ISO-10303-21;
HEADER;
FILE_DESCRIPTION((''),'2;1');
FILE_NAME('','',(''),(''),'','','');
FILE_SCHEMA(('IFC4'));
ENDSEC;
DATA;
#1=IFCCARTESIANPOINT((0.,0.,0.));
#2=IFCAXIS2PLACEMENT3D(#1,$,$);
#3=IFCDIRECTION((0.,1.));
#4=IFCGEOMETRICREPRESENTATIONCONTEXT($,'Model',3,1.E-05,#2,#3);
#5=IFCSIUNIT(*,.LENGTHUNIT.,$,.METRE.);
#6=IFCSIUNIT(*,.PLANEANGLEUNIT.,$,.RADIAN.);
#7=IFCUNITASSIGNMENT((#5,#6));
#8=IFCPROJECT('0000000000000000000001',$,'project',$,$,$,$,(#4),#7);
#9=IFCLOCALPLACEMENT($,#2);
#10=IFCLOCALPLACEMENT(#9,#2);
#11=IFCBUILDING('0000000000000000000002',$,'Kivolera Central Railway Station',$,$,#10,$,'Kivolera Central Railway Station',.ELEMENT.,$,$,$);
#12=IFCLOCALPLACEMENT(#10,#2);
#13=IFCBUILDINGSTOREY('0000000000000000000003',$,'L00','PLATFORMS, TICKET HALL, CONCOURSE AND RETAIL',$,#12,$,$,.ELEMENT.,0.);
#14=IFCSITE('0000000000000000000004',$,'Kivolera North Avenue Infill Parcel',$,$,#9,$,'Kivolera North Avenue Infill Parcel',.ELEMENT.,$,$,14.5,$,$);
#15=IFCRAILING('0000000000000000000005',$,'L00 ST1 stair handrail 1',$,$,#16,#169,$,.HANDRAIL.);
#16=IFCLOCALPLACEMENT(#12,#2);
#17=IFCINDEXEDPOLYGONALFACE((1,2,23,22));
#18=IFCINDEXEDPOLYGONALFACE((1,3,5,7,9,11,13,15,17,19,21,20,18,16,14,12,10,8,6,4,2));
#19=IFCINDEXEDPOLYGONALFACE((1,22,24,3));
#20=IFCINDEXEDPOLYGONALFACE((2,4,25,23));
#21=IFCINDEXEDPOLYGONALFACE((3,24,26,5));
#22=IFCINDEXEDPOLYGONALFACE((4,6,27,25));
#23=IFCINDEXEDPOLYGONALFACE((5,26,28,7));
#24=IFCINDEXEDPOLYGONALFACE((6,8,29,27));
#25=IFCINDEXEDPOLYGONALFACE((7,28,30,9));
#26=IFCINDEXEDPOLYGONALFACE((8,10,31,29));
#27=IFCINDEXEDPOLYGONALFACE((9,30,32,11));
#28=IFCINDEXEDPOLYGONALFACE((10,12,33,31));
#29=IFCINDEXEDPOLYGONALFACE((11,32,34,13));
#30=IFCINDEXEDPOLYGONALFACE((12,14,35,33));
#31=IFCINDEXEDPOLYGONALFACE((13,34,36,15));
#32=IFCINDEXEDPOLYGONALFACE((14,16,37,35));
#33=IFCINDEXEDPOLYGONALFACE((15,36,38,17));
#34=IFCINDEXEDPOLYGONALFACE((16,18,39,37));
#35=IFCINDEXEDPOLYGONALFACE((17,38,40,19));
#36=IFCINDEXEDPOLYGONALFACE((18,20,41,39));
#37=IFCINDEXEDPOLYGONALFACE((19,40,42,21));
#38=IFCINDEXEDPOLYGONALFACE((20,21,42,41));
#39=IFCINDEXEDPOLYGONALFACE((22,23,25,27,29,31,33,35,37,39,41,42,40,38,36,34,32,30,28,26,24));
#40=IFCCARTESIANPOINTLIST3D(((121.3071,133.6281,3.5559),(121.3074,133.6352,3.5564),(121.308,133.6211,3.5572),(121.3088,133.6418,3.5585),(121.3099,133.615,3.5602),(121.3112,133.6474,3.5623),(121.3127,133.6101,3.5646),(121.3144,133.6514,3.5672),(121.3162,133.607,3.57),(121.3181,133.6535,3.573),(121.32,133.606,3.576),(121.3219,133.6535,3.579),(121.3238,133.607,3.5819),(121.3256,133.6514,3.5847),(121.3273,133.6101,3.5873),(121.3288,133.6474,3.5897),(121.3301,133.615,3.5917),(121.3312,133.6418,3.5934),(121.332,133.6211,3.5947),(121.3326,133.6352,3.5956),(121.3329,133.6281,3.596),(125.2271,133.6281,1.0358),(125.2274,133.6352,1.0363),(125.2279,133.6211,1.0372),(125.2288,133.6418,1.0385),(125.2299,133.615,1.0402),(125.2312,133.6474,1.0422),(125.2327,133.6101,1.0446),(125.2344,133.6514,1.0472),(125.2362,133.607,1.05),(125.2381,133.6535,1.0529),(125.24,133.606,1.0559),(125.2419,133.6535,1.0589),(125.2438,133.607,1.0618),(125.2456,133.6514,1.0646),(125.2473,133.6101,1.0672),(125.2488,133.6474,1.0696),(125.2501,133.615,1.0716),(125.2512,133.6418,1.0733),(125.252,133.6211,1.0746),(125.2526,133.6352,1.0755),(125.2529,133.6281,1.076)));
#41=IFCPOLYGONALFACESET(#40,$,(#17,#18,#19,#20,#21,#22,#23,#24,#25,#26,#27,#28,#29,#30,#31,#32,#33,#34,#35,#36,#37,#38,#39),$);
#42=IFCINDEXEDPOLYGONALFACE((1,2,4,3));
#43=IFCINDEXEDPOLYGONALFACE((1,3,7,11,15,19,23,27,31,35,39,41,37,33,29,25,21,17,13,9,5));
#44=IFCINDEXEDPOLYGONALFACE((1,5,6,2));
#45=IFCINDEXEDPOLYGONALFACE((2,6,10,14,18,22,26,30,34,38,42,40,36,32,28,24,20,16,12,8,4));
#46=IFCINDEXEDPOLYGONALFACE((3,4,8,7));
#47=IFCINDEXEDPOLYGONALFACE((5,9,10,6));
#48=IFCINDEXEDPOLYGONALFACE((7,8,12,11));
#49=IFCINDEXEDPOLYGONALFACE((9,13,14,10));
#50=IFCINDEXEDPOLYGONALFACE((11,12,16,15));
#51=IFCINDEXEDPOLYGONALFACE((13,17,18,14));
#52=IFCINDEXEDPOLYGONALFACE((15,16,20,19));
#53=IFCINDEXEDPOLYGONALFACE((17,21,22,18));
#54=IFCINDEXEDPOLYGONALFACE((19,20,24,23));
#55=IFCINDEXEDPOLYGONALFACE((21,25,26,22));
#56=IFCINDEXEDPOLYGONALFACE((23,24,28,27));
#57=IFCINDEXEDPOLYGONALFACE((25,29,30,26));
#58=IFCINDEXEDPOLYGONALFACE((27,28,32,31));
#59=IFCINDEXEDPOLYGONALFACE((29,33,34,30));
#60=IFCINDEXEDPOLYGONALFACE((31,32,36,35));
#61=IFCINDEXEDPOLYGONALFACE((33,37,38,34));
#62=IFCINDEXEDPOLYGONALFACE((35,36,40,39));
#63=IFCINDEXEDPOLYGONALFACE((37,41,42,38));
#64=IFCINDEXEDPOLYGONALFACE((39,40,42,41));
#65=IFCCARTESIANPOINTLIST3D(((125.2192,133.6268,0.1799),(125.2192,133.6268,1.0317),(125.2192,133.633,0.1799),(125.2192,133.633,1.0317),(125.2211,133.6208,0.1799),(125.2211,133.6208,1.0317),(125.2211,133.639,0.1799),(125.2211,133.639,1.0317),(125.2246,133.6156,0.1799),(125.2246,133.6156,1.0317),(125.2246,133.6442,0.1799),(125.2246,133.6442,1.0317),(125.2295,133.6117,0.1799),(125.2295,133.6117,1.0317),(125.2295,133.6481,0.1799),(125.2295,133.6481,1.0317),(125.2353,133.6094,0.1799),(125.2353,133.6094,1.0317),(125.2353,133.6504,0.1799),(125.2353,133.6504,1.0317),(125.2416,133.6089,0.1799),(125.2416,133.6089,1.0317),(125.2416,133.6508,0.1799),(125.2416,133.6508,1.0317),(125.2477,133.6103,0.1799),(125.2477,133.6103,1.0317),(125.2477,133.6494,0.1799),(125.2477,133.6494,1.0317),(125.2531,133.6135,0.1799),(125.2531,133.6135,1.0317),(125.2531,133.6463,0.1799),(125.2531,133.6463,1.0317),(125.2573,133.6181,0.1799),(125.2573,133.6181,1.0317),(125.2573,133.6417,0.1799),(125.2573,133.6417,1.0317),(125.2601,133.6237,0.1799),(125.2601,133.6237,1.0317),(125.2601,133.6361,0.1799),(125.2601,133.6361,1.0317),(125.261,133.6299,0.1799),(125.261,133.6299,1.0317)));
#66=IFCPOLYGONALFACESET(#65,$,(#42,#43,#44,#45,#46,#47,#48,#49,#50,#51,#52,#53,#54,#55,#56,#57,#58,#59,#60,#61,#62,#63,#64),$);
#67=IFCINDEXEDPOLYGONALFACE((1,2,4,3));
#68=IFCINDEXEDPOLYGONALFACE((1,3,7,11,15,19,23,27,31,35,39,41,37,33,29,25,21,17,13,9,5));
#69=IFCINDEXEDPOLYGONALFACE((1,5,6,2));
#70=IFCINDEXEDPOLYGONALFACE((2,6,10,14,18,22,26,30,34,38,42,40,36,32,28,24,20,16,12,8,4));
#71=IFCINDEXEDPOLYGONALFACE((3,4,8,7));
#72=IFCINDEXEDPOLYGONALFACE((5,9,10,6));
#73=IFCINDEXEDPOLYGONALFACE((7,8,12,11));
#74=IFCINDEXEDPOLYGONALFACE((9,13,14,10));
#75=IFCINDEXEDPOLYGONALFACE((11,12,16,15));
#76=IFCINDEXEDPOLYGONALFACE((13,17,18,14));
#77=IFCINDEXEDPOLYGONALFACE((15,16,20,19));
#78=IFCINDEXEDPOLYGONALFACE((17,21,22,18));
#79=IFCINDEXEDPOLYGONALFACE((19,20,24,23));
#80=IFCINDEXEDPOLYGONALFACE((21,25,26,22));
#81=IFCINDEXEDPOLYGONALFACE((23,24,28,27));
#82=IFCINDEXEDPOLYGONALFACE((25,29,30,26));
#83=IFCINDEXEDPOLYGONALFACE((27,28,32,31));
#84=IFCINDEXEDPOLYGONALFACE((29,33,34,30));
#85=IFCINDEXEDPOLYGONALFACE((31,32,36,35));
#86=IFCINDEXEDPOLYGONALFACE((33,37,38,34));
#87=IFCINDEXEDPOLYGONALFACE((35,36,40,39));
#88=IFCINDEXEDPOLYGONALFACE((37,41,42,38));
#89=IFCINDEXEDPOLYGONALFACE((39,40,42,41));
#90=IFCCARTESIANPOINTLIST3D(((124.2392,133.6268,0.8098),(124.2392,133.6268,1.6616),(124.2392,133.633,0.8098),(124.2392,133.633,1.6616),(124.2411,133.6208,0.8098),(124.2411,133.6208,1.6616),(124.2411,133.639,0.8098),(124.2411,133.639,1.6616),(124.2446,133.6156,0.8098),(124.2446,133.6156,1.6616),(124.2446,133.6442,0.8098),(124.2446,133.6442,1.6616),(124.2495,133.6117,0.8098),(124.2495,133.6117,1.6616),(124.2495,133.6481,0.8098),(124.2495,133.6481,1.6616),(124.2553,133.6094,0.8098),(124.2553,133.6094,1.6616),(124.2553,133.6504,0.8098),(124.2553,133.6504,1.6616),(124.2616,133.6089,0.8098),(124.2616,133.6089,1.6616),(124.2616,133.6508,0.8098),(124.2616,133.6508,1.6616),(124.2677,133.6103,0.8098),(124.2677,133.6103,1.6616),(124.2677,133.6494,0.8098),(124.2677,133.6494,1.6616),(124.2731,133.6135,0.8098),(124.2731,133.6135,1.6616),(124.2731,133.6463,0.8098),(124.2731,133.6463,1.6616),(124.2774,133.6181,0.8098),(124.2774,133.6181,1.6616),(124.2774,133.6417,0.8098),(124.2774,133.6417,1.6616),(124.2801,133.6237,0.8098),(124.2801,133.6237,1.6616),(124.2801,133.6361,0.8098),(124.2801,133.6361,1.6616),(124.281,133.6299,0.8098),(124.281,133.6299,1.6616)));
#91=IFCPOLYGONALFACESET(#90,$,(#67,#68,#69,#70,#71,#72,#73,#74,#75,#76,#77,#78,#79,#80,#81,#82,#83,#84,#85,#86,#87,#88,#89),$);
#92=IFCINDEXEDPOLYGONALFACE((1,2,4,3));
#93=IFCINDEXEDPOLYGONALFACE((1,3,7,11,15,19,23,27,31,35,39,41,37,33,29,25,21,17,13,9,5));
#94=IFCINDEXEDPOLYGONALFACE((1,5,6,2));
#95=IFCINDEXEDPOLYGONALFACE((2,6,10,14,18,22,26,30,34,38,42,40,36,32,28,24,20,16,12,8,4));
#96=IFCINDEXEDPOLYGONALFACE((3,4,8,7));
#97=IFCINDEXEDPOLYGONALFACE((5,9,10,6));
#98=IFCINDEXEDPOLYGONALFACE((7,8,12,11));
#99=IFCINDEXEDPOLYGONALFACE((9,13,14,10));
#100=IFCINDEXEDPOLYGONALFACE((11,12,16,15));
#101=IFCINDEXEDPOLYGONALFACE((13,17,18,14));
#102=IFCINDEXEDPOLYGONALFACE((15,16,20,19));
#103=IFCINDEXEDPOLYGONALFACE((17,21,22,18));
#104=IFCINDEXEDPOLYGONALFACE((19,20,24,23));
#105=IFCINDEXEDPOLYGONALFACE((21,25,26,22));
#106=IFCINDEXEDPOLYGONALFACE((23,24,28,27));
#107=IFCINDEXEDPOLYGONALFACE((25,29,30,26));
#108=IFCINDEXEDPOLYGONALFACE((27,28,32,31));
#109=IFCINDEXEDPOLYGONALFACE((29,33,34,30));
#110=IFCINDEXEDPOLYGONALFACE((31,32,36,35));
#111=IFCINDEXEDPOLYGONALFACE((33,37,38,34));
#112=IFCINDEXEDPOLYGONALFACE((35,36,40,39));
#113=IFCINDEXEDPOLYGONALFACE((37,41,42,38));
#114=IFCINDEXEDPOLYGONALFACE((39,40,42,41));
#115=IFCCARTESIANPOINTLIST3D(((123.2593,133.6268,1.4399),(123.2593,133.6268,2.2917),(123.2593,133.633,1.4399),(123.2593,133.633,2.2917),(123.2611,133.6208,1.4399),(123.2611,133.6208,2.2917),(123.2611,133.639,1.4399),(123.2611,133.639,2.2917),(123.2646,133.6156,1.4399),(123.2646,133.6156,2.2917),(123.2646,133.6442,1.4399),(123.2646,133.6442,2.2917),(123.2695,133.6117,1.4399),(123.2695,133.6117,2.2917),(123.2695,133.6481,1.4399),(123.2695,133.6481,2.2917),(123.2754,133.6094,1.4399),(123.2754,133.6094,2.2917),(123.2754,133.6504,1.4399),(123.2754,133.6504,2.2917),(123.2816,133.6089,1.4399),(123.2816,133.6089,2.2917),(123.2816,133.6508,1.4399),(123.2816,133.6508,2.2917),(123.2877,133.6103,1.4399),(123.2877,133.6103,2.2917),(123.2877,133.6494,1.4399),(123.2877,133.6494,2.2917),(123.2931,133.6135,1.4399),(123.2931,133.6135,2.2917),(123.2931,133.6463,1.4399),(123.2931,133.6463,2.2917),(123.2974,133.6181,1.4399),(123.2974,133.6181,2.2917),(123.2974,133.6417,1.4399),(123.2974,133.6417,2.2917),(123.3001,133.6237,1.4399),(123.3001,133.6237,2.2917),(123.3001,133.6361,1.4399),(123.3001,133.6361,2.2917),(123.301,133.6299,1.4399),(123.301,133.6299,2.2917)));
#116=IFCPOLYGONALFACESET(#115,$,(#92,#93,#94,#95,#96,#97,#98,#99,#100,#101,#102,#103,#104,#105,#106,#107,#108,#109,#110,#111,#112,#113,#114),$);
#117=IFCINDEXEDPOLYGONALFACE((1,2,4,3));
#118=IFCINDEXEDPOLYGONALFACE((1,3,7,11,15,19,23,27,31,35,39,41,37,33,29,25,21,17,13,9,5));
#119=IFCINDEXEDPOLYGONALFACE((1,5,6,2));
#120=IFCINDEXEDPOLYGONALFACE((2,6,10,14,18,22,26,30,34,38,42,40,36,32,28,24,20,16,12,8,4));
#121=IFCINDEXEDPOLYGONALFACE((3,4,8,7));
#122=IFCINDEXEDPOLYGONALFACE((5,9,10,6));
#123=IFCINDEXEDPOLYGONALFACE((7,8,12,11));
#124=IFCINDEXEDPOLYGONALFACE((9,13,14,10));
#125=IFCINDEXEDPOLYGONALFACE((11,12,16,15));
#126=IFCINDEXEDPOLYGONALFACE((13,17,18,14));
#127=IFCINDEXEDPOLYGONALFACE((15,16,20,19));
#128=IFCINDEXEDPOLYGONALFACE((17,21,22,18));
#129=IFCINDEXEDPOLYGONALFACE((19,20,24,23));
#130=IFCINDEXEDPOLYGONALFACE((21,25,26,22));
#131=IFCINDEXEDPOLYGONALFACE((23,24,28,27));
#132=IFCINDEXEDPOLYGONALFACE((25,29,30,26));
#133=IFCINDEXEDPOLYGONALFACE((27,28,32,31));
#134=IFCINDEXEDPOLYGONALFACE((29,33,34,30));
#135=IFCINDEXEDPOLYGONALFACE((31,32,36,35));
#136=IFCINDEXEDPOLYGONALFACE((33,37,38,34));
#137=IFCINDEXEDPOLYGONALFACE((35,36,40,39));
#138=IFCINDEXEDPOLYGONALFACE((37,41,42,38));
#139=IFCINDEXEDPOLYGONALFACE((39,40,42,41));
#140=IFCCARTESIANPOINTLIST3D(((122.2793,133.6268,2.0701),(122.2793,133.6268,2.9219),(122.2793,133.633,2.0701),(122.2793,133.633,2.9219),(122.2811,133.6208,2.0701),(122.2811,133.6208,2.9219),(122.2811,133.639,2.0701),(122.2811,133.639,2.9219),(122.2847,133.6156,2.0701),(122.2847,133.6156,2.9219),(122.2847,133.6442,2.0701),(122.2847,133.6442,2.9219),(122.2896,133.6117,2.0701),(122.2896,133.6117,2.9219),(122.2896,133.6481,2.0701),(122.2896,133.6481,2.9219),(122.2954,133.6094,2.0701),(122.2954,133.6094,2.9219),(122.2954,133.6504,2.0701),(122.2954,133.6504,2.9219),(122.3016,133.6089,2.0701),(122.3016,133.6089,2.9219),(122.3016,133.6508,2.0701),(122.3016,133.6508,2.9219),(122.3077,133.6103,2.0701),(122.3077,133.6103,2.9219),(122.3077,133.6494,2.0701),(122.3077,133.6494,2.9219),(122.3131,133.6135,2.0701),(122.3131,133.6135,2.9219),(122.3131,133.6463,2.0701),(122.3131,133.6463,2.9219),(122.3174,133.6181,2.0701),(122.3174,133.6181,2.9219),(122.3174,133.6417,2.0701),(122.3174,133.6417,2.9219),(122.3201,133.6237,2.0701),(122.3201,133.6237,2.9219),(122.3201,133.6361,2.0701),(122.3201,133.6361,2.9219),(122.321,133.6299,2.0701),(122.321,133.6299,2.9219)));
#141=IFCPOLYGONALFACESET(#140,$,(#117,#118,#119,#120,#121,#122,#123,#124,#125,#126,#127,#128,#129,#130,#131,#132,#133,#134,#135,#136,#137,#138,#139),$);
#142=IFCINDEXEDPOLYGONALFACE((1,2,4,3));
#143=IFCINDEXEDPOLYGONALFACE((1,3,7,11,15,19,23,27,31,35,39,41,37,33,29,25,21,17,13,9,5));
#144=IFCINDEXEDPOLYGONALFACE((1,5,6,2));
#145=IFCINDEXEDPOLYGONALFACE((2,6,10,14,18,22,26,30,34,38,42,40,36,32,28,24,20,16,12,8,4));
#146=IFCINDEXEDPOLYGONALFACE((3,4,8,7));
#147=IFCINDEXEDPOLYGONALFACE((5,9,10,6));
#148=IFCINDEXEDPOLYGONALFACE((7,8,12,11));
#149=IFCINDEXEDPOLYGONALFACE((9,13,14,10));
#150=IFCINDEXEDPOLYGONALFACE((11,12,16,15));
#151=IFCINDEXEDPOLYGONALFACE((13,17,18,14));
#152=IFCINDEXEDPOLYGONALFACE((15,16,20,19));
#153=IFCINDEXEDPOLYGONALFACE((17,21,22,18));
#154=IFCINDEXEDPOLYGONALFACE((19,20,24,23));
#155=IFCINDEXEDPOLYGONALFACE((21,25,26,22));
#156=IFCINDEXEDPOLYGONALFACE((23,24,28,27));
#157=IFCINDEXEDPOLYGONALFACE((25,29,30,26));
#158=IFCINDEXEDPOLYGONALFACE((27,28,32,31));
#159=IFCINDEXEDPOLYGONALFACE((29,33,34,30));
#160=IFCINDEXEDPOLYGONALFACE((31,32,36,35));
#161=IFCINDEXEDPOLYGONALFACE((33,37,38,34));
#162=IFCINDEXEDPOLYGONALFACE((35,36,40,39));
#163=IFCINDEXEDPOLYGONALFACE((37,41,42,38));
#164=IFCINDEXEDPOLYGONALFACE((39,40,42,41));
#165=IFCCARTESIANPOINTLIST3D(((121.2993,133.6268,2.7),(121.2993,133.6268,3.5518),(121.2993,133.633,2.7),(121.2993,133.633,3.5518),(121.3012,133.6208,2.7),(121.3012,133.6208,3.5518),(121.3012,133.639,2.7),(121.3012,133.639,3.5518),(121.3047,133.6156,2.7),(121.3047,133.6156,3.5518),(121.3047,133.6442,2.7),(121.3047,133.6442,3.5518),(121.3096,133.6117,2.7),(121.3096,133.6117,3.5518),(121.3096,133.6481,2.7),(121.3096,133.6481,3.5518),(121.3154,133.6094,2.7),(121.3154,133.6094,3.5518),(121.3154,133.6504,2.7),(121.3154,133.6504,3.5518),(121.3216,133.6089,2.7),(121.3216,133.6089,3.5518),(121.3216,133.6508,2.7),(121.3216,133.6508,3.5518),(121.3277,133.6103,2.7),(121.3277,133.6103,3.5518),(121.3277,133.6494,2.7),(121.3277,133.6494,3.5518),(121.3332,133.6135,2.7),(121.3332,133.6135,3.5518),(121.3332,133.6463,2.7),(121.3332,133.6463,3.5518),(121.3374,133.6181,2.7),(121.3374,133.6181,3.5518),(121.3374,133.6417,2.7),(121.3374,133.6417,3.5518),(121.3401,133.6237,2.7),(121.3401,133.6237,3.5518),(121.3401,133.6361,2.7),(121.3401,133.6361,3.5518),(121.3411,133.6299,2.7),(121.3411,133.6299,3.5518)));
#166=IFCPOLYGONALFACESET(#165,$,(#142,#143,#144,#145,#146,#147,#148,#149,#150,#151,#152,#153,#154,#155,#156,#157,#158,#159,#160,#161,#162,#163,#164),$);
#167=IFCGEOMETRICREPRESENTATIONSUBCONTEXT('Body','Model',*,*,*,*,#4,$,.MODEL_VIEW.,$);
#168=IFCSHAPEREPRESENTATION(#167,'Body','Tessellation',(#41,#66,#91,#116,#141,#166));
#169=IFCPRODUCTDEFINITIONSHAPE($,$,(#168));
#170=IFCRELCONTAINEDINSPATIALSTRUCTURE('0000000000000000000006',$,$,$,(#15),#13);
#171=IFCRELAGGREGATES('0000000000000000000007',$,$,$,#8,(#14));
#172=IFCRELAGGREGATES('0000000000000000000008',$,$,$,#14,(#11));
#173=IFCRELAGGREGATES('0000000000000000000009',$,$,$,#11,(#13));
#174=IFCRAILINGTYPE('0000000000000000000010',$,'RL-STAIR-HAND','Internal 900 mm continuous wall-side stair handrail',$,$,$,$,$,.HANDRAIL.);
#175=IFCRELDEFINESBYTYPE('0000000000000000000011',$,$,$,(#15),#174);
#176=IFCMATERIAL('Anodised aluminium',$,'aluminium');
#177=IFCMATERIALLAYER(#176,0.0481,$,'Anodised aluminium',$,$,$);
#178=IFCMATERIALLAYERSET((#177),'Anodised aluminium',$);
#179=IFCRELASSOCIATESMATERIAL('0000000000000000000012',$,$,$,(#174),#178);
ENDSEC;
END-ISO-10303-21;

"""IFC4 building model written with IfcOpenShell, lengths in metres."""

from ifc_helpers import new_model, si_unit, direction, frame, origin, origin_2d, place, context, subcontext, project, spatial, circle, extrude, material, layer, layer_set, type_object, element, save


model = new_model("IFC4")

# Units and contexts
model_context = context("Model", 3, precision=1e-05, world=origin(), true_north=direction((0.0, 1.0)))
body_context = subcontext(model_context, "Body", "Model", "MODEL_VIEW")
ifc_project = project(units=[si_unit("LENGTHUNIT", "METRE"), si_unit("PLANEANGLEUNIT", "RADIAN")], contexts=[model_context])

# Site, building, storey
site_placement = place(None, origin())
site = spatial("IfcSite", under=ifc_project, at=site_placement, Name="Kivolera North Avenue Infill Parcel", LongName="Kivolera North Avenue Infill Parcel", CompositionType="ELEMENT", RefElevation=14.5)
building_placement = place(site_placement, origin())
building = spatial("IfcBuilding", under=site, at=building_placement, Name="Kivolera Central Railway Station", LongName="Kivolera Central Railway Station", CompositionType="ELEMENT")
storey_placement = place(building_placement, origin())
storey = spatial("IfcBuildingStorey", under=building, at=storey_placement, Name="L00", Description="PLATFORMS, TICKET HALL, CONCOURSE AND RETAIL", CompositionType="ELEMENT", Elevation=0.0)

# Shared definitions
ifc_material_1 = material(Name="Anodised aluminium", Category="aluminium")

# Railing
ifc_layer_1 = layer(ifc_material_1, 0.0481, Name="Anodised aluminium")
ifc_layer_set_1 = layer_set([ifc_layer_1], Name="Anodised aluminium")
railing_type_1 = type_object("IfcRailingType", Name="RL-STAIR-HAND", Description="Internal 900 mm continuous wall-side stair handrail", PredefinedType="HANDRAIL", material=ifc_layer_set_1)
railing_1_placement = place(storey_placement, frame((125.24, 133.6299, 0.1799)))
element("IfcRailing", 1, at=railing_1_placement, inside=storey, type_object=railing_type_1, Name="L00 ST1 stair handrail 1", PredefinedType="HANDRAIL", context=body_context, shape_type="SweptSolid", body=[
    extrude(circle(Radius=0.0239, at=origin_2d()), frame((0.0, 0.0, 0.876), z_axis=(-0.841172, 0.0, 0.540768), x_axis=(0.0, -1.0, 0.0)), (0.0, 0.0, 1.0), 4.6602),
    extrude(circle(Radius=0.021, at=origin_2d()), origin(), (0.0, 0.0, 1.0), 0.8518),
    extrude(circle(Radius=0.021, at=origin_2d()), frame((-0.98, 0.0, 0.6299)), (0.0, 0.0, 1.0), 0.8518),
    extrude(circle(Radius=0.021, at=origin_2d()), frame((-1.96, 0.0, 1.26)), (0.0, 0.0, 1.0), 0.8518),
    extrude(circle(Radius=0.021, at=origin_2d()), frame((-2.9399, 0.0, 1.8901)), (0.0, 0.0, 1.0), 0.8518),
    extrude(circle(Radius=0.021, at=origin_2d()), frame((-3.9199, 0.0, 2.52)), (0.0, 0.0, 1.0), 0.8518),
])

save(model, "model.ifc")
